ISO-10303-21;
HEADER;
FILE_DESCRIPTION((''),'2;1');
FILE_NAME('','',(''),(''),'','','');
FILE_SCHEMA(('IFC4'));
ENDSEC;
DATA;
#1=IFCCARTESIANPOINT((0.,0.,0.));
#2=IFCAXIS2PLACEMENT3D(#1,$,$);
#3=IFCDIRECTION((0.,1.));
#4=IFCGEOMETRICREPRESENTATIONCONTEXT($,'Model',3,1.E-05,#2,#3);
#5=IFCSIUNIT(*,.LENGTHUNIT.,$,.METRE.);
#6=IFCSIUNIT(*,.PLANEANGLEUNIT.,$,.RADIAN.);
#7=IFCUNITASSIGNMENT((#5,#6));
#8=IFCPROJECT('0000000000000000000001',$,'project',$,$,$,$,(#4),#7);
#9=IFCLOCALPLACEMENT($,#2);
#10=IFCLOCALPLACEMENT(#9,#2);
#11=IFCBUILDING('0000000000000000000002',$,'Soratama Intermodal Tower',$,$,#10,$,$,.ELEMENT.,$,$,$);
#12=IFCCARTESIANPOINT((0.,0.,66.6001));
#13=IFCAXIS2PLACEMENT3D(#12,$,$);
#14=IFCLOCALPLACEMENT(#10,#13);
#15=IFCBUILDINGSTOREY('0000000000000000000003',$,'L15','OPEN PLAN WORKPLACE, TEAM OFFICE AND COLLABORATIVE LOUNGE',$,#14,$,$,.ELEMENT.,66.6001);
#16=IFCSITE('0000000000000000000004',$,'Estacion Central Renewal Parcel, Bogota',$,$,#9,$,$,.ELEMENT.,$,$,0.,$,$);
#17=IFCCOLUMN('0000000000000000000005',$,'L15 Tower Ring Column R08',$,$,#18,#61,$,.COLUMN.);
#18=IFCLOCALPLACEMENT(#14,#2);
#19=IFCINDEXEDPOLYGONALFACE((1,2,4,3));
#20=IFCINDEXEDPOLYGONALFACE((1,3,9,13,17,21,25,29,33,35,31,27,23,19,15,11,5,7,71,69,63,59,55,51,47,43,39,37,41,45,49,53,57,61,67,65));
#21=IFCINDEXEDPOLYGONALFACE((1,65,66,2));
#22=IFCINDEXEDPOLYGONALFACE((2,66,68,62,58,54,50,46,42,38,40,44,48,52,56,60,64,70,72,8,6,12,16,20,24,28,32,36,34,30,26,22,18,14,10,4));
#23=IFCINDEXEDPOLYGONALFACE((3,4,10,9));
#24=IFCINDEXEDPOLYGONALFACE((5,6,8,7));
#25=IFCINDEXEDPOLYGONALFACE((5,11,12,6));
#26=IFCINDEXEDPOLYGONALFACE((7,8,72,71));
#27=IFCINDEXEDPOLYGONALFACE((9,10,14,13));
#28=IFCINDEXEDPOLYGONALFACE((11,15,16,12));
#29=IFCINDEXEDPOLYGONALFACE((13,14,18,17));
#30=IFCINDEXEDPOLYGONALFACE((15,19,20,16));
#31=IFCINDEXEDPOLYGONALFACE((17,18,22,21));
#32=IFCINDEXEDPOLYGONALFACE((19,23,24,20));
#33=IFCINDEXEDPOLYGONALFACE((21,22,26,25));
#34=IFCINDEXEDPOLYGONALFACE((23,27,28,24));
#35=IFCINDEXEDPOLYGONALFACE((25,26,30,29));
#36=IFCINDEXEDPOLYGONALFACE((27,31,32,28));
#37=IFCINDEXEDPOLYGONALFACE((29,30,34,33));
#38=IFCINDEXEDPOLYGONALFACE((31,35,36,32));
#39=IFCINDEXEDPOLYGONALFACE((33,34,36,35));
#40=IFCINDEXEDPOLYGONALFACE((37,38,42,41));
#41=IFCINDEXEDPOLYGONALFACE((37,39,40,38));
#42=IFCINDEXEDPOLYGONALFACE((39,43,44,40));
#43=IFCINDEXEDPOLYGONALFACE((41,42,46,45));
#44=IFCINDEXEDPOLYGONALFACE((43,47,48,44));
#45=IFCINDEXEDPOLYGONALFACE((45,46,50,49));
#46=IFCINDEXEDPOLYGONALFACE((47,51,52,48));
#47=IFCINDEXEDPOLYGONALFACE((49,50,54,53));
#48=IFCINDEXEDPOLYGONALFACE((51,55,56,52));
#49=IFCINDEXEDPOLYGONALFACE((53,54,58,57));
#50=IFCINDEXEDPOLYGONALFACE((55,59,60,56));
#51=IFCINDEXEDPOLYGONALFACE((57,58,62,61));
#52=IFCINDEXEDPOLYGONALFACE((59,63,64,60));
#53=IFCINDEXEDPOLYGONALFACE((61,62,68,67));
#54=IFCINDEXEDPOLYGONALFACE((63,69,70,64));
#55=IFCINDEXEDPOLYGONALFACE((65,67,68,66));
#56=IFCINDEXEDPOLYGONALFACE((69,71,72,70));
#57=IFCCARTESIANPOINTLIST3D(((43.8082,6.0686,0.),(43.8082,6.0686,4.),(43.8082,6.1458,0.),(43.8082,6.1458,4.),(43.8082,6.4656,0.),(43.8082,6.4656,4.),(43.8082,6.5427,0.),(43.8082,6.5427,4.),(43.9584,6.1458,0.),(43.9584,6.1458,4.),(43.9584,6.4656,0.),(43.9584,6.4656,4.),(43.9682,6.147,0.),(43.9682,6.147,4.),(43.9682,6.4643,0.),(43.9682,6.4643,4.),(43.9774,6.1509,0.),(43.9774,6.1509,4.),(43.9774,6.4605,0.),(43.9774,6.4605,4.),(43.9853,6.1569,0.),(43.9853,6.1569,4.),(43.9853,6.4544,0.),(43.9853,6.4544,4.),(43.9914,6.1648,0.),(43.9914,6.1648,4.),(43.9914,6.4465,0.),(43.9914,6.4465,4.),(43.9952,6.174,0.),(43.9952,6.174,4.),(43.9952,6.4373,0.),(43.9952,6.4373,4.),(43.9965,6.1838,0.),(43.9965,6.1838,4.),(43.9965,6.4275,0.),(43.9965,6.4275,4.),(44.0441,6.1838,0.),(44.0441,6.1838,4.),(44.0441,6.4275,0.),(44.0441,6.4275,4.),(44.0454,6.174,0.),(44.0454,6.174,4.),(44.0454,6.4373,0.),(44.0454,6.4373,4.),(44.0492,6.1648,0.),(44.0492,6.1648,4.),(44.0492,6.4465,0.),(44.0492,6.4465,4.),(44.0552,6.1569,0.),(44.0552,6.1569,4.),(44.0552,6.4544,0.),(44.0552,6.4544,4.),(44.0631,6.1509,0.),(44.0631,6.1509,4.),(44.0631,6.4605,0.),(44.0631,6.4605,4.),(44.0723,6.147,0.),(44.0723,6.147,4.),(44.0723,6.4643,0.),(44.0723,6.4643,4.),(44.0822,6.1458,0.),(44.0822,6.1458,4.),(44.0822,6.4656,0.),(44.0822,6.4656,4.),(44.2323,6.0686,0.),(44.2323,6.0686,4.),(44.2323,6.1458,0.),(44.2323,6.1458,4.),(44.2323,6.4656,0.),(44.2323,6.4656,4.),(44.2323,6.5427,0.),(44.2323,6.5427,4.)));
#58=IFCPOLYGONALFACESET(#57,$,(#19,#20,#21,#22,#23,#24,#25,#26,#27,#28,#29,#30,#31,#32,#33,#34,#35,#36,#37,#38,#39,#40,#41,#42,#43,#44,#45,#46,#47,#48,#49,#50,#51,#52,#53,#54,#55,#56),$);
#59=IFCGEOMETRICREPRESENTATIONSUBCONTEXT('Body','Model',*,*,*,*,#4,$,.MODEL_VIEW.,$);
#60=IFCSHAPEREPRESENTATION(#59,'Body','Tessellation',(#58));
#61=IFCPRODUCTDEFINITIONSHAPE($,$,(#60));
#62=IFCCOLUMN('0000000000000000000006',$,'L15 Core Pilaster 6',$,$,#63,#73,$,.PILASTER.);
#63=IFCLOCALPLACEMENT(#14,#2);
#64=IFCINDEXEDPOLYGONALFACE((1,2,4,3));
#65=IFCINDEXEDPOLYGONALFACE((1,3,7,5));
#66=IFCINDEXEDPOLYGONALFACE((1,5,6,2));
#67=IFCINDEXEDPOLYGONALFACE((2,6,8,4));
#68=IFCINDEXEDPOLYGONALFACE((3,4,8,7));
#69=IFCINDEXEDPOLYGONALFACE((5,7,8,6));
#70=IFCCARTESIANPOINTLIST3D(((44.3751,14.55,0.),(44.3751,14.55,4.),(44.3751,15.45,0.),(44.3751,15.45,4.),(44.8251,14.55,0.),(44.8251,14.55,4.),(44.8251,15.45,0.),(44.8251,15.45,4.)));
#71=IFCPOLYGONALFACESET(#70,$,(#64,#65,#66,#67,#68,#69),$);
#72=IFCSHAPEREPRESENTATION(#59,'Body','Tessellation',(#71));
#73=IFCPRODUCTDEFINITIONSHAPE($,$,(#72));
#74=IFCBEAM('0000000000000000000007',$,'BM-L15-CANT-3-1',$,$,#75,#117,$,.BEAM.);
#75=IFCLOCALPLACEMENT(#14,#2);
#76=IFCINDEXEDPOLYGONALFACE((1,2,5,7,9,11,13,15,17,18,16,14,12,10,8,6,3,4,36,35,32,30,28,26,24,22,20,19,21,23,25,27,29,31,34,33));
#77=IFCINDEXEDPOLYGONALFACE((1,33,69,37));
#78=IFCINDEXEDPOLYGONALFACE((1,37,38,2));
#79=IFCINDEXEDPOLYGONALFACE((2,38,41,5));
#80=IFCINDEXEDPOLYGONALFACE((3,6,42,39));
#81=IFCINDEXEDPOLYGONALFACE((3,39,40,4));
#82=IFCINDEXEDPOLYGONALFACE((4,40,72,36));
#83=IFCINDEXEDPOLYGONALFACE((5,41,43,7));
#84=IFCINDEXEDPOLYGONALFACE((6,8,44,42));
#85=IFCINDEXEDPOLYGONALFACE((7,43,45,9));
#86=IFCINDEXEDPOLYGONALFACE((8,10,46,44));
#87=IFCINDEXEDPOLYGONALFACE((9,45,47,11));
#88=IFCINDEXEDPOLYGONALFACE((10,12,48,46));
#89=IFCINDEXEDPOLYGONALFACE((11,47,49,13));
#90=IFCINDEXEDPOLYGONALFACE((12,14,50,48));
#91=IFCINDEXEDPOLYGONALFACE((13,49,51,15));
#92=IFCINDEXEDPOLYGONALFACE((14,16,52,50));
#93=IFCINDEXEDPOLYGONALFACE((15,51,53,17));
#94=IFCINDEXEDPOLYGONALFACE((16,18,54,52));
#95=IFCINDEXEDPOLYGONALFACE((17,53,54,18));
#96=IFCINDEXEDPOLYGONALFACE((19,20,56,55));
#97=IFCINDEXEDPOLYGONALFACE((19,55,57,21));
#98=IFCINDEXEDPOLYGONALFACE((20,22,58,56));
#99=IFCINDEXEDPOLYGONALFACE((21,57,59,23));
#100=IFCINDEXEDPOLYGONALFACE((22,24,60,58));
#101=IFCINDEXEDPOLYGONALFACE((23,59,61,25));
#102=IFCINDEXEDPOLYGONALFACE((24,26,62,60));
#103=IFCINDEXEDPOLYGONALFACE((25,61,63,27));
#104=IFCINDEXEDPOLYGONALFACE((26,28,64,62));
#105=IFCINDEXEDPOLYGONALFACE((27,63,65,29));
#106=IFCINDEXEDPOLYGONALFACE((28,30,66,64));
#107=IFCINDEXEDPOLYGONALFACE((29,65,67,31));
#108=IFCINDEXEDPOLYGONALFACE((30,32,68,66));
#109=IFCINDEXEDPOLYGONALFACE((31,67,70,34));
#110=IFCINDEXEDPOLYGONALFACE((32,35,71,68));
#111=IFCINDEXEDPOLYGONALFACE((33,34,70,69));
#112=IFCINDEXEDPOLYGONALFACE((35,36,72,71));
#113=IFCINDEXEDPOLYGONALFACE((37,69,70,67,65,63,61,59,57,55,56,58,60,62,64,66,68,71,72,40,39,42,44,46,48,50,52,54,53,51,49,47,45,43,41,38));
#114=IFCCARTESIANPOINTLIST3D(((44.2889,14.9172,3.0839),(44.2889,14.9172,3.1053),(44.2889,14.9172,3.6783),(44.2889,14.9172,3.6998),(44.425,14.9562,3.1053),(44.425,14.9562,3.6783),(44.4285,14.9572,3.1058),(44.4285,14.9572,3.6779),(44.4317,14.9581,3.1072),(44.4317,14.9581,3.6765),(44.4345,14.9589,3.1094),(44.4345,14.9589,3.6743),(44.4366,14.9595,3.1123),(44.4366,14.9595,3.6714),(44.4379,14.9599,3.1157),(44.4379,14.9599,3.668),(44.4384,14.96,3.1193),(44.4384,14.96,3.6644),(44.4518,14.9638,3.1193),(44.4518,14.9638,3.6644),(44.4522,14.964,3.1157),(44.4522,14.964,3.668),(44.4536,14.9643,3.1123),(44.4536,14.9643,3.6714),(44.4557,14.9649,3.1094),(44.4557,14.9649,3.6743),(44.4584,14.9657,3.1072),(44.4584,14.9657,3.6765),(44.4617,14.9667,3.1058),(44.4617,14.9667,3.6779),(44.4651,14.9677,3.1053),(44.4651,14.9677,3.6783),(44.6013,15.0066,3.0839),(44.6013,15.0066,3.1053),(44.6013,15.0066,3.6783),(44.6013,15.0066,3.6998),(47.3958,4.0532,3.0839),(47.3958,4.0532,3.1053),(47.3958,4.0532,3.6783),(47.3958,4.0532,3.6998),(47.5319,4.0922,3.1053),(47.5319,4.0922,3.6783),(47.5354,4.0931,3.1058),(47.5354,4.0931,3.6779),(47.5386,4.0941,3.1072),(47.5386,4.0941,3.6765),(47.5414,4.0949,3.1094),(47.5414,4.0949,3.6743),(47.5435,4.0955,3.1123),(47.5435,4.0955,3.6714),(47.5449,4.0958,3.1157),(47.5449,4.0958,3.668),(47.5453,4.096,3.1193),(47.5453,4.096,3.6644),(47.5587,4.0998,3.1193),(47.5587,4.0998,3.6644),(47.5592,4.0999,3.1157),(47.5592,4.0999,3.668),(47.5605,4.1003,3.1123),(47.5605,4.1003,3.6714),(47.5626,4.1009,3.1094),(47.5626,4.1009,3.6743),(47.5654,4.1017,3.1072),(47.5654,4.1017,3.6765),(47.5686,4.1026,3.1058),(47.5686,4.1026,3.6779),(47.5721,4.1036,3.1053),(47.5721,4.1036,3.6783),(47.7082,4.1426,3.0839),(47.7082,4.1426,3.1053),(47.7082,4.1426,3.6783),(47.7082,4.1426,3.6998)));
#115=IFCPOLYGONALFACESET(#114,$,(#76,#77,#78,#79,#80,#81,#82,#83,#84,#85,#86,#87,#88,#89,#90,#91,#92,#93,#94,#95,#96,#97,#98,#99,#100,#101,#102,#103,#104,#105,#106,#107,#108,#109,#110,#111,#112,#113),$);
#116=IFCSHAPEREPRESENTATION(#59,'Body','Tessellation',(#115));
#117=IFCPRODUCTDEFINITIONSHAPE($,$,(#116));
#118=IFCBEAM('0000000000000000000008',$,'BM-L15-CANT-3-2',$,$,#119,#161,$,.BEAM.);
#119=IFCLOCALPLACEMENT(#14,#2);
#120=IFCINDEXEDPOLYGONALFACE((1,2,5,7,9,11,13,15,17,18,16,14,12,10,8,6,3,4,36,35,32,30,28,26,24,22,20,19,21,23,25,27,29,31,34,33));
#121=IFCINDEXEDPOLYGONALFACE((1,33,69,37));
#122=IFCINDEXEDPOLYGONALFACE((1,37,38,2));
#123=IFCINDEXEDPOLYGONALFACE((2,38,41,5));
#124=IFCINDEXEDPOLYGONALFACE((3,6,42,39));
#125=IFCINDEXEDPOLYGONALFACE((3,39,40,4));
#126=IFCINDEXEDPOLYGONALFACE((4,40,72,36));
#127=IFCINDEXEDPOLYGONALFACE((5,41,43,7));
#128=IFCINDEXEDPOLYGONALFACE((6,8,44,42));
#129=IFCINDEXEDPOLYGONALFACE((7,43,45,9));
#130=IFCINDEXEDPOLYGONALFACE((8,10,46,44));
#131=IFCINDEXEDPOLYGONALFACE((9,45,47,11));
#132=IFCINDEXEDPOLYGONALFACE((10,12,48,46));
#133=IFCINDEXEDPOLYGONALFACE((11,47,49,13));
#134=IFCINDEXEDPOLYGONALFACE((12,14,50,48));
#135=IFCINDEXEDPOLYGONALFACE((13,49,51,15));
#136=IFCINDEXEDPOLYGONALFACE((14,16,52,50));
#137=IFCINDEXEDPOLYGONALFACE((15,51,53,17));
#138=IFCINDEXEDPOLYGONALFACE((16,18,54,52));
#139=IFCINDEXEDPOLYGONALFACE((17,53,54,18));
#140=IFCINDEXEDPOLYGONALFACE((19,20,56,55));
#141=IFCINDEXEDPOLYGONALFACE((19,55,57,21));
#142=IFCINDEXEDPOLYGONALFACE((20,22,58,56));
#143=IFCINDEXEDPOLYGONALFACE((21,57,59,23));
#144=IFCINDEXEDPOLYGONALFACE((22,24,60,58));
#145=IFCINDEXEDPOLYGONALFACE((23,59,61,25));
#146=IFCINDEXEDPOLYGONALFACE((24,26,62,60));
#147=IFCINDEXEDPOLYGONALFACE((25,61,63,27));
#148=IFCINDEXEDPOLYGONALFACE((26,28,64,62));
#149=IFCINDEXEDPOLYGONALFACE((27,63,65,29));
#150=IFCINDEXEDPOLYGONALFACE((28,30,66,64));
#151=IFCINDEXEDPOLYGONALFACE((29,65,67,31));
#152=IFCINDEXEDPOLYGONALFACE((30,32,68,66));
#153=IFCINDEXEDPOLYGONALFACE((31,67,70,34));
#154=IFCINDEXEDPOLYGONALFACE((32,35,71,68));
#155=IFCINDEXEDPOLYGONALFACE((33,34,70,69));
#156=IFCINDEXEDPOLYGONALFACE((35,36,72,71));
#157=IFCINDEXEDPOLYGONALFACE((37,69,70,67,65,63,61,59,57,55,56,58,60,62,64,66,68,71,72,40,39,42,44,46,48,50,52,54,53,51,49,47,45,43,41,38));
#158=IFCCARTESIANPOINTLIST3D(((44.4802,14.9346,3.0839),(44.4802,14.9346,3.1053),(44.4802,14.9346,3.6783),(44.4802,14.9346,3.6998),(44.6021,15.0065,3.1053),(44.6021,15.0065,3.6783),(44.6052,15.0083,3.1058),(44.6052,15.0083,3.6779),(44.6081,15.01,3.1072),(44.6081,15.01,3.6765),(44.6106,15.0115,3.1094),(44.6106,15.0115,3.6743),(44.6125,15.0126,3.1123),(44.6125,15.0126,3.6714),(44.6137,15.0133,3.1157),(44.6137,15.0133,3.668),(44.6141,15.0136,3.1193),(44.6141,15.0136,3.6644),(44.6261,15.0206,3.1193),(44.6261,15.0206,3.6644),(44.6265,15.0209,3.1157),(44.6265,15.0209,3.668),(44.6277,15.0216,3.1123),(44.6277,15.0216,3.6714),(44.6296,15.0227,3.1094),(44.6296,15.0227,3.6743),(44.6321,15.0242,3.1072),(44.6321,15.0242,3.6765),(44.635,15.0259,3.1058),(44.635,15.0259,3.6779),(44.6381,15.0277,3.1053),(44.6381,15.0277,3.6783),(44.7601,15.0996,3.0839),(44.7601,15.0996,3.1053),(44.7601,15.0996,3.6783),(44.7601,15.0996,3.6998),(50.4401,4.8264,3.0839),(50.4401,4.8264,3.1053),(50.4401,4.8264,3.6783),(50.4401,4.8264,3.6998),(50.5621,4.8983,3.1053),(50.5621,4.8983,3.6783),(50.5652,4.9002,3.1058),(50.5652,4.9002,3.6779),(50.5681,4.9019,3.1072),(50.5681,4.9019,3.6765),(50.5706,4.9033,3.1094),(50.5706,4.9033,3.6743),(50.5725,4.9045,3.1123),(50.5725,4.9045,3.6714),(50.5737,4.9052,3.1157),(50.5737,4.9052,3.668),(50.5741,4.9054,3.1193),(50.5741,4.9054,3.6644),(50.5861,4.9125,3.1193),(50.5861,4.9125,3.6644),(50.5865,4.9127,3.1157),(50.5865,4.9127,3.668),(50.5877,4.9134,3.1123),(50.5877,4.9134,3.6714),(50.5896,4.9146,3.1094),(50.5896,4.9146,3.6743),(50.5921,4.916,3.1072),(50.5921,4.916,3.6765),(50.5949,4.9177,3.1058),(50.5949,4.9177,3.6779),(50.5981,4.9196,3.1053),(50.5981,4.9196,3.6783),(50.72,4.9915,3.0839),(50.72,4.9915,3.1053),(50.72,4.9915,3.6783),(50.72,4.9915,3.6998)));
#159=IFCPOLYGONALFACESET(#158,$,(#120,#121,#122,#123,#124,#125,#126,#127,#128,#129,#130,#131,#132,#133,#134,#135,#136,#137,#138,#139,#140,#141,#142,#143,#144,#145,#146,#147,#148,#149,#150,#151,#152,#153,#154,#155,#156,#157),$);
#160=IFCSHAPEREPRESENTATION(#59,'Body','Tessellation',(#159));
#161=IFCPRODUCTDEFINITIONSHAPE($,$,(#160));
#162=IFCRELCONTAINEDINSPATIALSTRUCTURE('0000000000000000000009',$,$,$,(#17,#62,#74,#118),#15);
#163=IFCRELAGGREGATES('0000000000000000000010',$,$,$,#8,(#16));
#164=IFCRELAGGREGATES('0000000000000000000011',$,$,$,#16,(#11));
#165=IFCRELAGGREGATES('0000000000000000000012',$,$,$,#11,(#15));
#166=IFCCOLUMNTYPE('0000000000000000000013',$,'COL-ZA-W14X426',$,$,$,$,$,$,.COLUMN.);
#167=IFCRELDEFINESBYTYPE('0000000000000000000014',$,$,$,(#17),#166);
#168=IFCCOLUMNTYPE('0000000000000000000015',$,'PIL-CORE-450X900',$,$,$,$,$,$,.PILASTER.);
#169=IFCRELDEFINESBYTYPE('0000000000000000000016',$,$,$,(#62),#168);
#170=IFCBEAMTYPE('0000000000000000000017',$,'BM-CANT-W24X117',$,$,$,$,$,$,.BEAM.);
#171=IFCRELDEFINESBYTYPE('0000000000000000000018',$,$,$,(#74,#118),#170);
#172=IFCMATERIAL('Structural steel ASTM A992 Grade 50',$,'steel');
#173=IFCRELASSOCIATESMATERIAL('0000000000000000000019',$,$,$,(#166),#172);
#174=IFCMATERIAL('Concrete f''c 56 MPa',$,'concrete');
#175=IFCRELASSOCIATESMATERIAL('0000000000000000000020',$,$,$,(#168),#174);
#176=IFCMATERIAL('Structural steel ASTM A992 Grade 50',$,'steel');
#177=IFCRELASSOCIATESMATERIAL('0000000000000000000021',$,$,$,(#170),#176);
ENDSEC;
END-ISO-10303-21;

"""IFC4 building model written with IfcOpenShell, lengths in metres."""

from ifc_helpers import new_model, si_unit, direction, frame, origin, origin_2d, place, context, subcontext, project, spatial, rectangle, i_section, extrude, material, material_profile, profile_set, type_object, element, save


model = new_model("IFC4")

# Units and contexts
model_context = context("Model", 3, precision=1e-05, world=origin(), true_north=direction((0.0, 1.0)))
body_context = subcontext(model_context, "Body", "Model", "MODEL_VIEW")
ifc_project = project(units=[si_unit("LENGTHUNIT", "METRE"), si_unit("PLANEANGLEUNIT", "RADIAN")], contexts=[model_context])

# Site, building, storey
site_placement = place(None, origin())
site = spatial("IfcSite", under=ifc_project, at=site_placement, Name="Estacion Central Renewal Parcel, Bogota", CompositionType="ELEMENT", RefElevation=0.0)
building_placement = place(site_placement, origin())
building = spatial("IfcBuilding", under=site, at=building_placement, Name="Soratama Intermodal Tower", CompositionType="ELEMENT")
storey_placement = place(building_placement, frame((0.0, 0.0, 66.6001)))
storey = spatial("IfcBuildingStorey", under=building, at=storey_placement, Name="L15", Description="OPEN PLAN WORKPLACE, TEAM OFFICE AND COLLABORATIVE LOUNGE", CompositionType="ELEMENT", Elevation=66.6001)

# Columns
ifc_material_1 = material(Name="Structural steel ASTM A992 Grade 50", Category="steel")
ifc_material_profile_1 = material_profile(ifc_material_1, i_section(OverallWidth=0.4241, OverallDepth=0.4741, WebThickness=0.0476, FlangeThickness=0.0771, FilletRadius=0.0381, at=origin_2d()), Name="W14X426")
ifc_profile_set_1 = profile_set([ifc_material_profile_1], Name="Structural steel ASTM A992 Grade 50")
column_type_1 = type_object("IfcColumnType", Name="COL-ZA-W14X426", PredefinedType="COLUMN", material=ifc_profile_set_1)
column_1_placement = place(storey_placement, frame((44.0203, 6.3057, 0.0), z_axis=(0.0, 0.0, 1.0), x_axis=(1.0, 0.0, 0.0)))
element("IfcColumn", 1, at=column_1_placement, inside=storey, type_object=column_type_1, Name="L15 Tower Ring Column R08", PredefinedType="COLUMN", context=body_context, shape_type="SweptSolid", body=[
    extrude(i_section(OverallWidth=0.4241, OverallDepth=0.4741, WebThickness=0.0476, FlangeThickness=0.0771, FilletRadius=0.0381, at=origin_2d()), origin(), (0.0, 0.0, 1.0), 4.0),
])
ifc_material_2 = material(Name="Concrete f'c 56 MPa", Category="concrete")
ifc_material_profile_2 = material_profile(ifc_material_2, rectangle(XDim=0.45, YDim=0.8999, at=origin_2d()), Name="RC450X900")
ifc_profile_set_2 = profile_set([ifc_material_profile_2], Name="Concrete f'c 56 MPa")
column_type_2 = type_object("IfcColumnType", Name="PIL-CORE-450X900", PredefinedType="PILASTER", material=ifc_profile_set_2)
column_2_placement = place(storey_placement, frame((44.6001, 15.0, 0.0), z_axis=(0.0, 0.0, 1.0), x_axis=(1.0, 0.0, 0.0)))
element("IfcColumn", 2, at=column_2_placement, inside=storey, type_object=column_type_2, Name="L15 Core Pilaster 6", PredefinedType="PILASTER", context=body_context, shape_type="SweptSolid", body=[
    extrude(rectangle(XDim=0.45, YDim=0.8999, at=origin_2d()), origin(), (0.0, 0.0, 1.0), 4.0),
])

# Beams
ifc_material_3 = material(Name="Structural steel ASTM A992 Grade 50", Category="steel")
ifc_material_profile_3 = material_profile(ifc_material_3, i_section(OverallWidth=0.325, OverallDepth=0.616, WebThickness=0.0139, FlangeThickness=0.0215, FilletRadius=0.0139, at=origin_2d()), Name="W24X117")
ifc_profile_set_3 = profile_set([ifc_material_profile_3], Name="Structural steel ASTM A992 Grade 50")
beam_type_1 = type_object("IfcBeamType", Name="BM-CANT-W24X117", PredefinedType="BEAM", material=ifc_profile_set_3)
beam_1_placement = place(storey_placement, frame((44.4451, 14.9619, 3.3918), z_axis=(0.274961, -0.961455, 0.0), x_axis=(0.961455, 0.274961, 0.0)))
element("IfcBeam", 3, at=beam_1_placement, inside=storey, type_object=beam_type_1, Name="BM-L15-CANT-3-1", PredefinedType="BEAM", context=body_context, shape_type="SweptSolid", body=[
    extrude(i_section(OverallWidth=0.325, OverallDepth=0.616, WebThickness=0.0139, FlangeThickness=0.0215, FilletRadius=0.0139, at=origin_2d()), origin(), (0.0, 0.0, 1.0), 11.2996),
])
beam_2_placement = place(storey_placement, frame((44.6201, 15.0171, 3.3918), z_axis=(0.507905, -0.861413, 0.0), x_axis=(0.861413, 0.507905, 0.0)))
element("IfcBeam", 4, at=beam_2_placement, inside=storey, type_object=beam_type_1, Name="BM-L15-CANT-3-2", PredefinedType="BEAM", context=body_context, shape_type="SweptSolid", body=[
    extrude(i_section(OverallWidth=0.325, OverallDepth=0.616, WebThickness=0.0139, FlangeThickness=0.0215, FilletRadius=0.0139, at=origin_2d()), origin(), (0.0, 0.0, 1.0), 11.7344),
])

save(model, "model.ifc")
